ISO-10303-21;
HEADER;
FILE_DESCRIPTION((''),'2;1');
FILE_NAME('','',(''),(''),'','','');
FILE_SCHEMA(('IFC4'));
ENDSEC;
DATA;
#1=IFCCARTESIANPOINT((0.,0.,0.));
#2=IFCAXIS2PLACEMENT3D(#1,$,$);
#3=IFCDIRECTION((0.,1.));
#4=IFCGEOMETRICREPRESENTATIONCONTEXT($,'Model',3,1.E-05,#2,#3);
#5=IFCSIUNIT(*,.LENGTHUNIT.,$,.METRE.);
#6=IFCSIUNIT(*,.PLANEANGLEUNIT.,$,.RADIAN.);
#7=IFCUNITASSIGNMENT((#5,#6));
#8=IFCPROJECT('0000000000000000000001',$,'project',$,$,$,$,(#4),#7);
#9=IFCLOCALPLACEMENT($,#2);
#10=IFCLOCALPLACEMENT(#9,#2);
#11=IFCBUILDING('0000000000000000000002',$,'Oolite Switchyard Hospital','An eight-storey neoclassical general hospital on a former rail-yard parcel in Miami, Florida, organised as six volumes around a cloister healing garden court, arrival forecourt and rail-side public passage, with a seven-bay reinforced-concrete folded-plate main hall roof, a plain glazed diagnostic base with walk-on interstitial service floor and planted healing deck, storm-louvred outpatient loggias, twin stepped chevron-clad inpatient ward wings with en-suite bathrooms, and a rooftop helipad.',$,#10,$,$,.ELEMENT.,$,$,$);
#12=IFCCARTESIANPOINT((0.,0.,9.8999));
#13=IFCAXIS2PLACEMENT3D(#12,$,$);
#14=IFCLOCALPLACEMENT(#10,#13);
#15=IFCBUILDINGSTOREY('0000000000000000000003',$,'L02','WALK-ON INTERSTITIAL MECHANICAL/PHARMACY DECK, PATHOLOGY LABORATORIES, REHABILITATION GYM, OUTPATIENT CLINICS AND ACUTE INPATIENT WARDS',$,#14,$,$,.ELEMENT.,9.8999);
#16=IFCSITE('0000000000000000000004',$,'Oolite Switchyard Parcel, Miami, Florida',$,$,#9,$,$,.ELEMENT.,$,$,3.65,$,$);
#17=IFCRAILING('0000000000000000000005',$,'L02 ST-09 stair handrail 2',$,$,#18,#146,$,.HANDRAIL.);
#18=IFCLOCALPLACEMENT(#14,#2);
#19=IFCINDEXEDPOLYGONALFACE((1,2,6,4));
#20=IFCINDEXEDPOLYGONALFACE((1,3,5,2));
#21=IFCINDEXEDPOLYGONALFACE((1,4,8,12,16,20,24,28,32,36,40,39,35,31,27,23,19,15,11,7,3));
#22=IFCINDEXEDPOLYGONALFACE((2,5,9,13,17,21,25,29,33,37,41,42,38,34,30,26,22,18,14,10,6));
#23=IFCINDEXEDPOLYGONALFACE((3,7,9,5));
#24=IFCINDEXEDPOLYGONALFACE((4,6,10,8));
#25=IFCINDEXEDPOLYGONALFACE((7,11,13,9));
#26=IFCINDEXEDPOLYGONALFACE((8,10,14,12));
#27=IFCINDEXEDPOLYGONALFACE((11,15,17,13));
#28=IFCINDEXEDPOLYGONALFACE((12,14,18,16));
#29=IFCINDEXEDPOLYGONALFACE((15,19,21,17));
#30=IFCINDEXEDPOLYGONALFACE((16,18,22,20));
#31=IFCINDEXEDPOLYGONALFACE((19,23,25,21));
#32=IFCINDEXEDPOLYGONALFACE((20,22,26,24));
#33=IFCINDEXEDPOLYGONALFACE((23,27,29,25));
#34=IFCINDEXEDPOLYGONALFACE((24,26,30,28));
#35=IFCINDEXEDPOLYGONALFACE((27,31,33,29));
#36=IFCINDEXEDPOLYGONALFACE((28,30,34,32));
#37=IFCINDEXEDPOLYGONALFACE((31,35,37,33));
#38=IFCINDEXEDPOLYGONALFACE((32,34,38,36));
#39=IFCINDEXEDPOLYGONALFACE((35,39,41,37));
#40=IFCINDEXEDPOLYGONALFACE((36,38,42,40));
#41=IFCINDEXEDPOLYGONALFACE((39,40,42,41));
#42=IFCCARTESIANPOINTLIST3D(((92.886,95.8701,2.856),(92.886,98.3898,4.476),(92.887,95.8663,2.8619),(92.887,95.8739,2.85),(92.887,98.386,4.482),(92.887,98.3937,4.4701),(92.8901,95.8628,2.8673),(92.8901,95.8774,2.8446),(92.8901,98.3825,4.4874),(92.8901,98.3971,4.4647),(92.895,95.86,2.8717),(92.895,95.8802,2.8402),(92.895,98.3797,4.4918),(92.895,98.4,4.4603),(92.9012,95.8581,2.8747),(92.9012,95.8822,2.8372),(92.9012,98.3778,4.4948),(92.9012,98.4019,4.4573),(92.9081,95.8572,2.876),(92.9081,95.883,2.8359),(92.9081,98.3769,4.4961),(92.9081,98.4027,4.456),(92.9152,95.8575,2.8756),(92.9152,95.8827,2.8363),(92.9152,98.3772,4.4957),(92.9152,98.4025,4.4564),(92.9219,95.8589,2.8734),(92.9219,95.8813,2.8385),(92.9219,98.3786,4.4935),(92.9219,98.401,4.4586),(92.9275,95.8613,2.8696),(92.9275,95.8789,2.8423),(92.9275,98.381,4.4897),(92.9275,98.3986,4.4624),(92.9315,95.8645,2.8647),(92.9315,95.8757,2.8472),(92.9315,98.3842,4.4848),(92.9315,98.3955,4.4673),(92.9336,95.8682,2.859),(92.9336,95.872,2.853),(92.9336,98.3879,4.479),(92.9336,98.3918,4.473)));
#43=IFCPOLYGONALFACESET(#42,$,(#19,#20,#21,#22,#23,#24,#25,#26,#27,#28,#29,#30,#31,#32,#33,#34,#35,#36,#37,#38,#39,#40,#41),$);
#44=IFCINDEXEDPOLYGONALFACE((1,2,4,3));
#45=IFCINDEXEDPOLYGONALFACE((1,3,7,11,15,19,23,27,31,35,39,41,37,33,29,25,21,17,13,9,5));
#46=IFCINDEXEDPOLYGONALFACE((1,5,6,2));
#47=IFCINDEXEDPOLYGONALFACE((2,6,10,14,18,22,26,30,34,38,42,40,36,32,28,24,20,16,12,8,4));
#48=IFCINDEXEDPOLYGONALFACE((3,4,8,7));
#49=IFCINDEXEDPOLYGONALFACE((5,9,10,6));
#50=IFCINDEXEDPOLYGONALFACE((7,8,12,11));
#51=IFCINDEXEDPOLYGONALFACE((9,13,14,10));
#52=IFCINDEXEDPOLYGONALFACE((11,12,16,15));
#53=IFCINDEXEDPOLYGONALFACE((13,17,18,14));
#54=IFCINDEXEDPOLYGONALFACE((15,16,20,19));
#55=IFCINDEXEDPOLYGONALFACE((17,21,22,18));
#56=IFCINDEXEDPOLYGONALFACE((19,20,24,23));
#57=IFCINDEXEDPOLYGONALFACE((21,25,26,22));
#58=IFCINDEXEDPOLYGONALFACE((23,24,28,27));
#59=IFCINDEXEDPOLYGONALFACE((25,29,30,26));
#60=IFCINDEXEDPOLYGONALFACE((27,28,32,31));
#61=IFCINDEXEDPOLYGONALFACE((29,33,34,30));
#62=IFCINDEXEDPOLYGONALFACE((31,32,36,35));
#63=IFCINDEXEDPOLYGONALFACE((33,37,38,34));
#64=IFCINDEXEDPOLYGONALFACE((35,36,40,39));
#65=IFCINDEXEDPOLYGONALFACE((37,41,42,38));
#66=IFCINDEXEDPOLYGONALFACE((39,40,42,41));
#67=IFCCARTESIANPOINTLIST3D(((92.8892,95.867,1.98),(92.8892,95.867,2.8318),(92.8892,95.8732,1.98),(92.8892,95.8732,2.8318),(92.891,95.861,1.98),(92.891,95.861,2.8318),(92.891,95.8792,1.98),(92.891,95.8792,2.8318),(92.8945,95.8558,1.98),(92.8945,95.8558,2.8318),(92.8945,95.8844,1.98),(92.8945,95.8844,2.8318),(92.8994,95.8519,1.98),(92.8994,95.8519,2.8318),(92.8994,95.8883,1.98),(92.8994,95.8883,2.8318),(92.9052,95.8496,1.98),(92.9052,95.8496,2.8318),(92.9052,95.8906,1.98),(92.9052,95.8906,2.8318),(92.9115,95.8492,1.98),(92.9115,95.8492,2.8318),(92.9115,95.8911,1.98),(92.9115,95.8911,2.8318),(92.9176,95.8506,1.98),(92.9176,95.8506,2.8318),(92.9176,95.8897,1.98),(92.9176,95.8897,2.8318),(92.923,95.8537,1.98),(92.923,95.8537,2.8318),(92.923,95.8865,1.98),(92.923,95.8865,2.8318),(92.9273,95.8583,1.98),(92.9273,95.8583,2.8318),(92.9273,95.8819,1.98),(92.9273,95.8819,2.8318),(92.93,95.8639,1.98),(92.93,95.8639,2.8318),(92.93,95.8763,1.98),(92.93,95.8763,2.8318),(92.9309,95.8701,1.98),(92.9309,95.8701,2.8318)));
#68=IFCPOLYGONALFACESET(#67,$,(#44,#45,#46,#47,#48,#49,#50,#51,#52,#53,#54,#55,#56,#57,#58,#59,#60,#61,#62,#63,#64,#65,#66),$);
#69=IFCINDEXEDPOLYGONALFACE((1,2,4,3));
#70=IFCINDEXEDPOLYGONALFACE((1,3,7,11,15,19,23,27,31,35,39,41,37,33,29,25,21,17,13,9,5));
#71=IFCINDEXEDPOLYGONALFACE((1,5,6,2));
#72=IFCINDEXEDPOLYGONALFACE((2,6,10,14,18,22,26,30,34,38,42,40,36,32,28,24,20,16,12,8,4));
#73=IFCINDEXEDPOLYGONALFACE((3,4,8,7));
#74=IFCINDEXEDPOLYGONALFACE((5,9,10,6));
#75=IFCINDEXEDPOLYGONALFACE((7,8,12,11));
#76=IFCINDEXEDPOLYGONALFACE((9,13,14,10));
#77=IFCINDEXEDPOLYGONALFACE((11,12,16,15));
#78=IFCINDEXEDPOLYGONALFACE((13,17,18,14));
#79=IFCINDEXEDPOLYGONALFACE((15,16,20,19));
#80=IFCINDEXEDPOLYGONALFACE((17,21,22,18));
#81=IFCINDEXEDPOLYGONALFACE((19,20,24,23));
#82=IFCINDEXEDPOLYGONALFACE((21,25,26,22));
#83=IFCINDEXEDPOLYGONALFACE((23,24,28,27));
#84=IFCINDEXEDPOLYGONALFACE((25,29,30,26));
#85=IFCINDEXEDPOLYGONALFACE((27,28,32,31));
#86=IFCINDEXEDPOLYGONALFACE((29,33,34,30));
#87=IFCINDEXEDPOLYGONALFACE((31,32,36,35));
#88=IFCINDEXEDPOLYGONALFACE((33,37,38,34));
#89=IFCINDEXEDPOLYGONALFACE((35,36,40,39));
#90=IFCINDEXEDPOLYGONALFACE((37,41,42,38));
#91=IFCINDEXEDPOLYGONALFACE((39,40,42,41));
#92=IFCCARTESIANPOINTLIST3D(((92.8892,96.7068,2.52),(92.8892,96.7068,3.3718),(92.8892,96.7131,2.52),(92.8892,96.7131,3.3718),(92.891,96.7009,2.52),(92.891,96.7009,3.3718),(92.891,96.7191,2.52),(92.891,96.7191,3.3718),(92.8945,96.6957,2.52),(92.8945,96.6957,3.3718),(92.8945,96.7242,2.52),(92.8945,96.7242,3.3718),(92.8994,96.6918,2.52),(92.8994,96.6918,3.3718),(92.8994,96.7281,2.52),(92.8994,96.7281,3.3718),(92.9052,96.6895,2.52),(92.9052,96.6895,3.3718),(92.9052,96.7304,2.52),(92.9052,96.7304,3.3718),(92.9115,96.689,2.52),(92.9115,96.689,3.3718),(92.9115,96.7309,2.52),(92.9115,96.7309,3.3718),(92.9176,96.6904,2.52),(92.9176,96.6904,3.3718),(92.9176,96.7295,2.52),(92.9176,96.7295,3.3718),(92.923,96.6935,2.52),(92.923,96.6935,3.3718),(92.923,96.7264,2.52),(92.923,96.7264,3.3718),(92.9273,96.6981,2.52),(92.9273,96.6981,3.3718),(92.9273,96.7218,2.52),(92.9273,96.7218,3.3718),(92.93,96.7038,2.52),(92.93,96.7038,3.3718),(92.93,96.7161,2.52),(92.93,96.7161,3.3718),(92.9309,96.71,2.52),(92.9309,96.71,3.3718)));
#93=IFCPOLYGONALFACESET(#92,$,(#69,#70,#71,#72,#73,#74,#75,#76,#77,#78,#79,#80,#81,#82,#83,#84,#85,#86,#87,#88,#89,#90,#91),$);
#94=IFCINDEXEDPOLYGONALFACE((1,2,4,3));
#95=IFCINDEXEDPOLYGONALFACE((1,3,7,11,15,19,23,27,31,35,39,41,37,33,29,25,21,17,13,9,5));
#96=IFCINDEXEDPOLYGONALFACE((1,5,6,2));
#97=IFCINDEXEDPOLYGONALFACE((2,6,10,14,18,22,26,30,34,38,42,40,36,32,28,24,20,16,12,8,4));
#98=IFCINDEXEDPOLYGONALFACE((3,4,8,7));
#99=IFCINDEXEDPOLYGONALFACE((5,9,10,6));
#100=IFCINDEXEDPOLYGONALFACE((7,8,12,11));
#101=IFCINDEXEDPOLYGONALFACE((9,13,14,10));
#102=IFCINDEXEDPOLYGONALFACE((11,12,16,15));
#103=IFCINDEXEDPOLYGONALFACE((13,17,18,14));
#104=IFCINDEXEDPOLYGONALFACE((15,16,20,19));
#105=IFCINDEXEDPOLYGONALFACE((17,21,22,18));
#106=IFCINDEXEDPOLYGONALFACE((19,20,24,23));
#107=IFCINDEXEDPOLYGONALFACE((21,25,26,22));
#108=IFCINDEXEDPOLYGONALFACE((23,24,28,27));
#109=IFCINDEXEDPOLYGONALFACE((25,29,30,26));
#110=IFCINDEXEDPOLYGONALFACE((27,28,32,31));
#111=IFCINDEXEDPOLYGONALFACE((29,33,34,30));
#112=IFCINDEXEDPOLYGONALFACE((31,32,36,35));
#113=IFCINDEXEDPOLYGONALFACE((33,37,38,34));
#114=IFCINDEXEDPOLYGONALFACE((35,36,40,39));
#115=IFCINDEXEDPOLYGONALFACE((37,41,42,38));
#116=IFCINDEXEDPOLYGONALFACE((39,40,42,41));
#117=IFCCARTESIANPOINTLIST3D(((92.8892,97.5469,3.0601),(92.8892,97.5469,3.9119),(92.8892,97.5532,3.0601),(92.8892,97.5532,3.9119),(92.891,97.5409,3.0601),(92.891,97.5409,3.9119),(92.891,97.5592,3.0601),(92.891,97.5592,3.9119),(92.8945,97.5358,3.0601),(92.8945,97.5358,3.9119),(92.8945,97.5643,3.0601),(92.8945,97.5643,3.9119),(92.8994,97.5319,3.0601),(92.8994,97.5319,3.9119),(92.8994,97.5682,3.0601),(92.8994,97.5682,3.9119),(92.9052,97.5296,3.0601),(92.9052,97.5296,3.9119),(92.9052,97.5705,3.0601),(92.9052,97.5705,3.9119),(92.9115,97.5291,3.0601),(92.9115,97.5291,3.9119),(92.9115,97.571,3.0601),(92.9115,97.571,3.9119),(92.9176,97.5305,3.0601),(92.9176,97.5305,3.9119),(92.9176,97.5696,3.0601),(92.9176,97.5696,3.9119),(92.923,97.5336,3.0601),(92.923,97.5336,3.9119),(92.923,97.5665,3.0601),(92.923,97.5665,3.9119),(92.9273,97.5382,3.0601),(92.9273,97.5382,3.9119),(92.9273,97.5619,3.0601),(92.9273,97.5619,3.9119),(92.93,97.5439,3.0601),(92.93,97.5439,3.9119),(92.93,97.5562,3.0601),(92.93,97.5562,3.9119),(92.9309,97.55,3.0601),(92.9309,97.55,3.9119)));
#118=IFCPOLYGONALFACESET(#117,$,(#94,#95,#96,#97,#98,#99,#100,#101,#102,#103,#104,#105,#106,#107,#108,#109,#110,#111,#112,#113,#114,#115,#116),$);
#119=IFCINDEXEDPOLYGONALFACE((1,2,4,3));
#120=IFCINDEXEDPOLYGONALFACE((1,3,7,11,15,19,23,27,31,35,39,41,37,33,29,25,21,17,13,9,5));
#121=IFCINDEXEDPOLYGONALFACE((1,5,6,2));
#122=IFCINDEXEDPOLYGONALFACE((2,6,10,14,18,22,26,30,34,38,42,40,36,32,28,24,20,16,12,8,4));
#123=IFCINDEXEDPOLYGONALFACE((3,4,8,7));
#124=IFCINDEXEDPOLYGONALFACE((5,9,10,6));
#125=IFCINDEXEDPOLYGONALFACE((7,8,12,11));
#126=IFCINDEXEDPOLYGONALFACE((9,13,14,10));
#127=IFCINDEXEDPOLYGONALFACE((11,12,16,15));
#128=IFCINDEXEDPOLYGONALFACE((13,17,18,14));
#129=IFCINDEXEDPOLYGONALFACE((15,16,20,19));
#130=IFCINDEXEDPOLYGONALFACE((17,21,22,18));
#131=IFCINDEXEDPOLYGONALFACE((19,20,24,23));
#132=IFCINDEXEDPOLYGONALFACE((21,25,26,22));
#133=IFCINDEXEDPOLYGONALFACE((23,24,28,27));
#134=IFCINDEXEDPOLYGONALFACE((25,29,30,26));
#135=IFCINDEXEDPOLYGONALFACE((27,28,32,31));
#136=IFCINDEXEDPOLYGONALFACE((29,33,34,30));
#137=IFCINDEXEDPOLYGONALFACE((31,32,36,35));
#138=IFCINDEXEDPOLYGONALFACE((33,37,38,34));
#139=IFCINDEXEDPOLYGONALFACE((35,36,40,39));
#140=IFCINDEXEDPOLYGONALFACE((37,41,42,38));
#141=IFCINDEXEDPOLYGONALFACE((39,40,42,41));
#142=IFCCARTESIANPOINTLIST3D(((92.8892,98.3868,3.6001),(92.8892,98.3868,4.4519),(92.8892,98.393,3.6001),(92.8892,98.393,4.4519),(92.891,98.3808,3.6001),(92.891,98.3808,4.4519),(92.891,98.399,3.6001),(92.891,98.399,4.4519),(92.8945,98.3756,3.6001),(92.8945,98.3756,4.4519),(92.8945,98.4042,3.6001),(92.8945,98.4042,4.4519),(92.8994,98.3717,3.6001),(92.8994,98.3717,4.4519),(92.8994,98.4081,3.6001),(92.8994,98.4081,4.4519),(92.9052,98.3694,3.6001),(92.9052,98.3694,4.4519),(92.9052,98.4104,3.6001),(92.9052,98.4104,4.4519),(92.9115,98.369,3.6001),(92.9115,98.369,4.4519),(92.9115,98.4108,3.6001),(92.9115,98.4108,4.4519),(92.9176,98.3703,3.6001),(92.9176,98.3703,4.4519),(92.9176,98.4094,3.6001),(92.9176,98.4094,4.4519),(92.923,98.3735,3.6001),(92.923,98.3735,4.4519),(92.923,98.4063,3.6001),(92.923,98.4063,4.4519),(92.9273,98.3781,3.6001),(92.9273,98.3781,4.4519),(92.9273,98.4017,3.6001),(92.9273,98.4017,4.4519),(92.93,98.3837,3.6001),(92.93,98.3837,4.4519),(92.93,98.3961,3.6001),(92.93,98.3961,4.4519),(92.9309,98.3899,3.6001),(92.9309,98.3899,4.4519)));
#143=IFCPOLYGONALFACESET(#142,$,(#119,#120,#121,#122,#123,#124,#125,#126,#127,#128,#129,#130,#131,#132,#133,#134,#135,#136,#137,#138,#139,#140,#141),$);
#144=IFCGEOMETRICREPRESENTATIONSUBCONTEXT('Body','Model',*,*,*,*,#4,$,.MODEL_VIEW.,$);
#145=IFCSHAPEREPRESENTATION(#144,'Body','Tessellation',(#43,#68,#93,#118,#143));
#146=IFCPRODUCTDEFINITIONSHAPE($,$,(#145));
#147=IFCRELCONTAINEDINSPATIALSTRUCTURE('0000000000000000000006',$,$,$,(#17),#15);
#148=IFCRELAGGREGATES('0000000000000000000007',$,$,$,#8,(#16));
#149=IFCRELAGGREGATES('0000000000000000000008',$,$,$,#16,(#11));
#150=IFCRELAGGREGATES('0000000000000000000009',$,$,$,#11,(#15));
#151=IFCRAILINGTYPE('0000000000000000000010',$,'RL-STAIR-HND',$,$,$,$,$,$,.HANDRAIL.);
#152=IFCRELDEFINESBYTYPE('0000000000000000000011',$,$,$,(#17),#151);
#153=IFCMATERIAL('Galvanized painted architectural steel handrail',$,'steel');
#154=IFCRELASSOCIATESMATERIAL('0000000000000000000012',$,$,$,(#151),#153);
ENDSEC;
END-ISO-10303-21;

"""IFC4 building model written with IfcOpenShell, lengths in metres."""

from ifc_helpers import new_model, si_unit, direction, frame, origin, origin_2d, place, context, subcontext, project, spatial, circle, extrude, material, type_object, element, save


model = new_model("IFC4")

# Units and contexts
model_context = context("Model", 3, precision=1e-05, world=origin(), true_north=direction((0.0, 1.0)))
body_context = subcontext(model_context, "Body", "Model", "MODEL_VIEW")
ifc_project = project(units=[si_unit("LENGTHUNIT", "METRE"), si_unit("PLANEANGLEUNIT", "RADIAN")], contexts=[model_context])

# Site, building, storey
site_placement = place(None, origin())
site = spatial("IfcSite", under=ifc_project, at=site_placement, Name="Oolite Switchyard Parcel, Miami, Florida", CompositionType="ELEMENT", RefElevation=3.65)
building_placement = place(site_placement, origin())
building = spatial("IfcBuilding", under=site, at=building_placement, Name="Oolite Switchyard Hospital", Description="An eight-storey neoclassical general hospital on a former rail-yard parcel in Miami, Florida, organised as six volumes around a cloister healing garden court, arrival forecourt and rail-side public passage, with a seven-bay reinforced-concrete folded-plate main hall roof, a plain glazed diagnostic base with walk-on interstitial service floor and planted healing deck, storm-louvred outpatient loggias, twin stepped chevron-clad inpatient ward wings with en-suite bathrooms, and a rooftop helipad.", CompositionType="ELEMENT")
storey_placement = place(building_placement, frame((0.0, 0.0, 9.8999)))
storey = spatial("IfcBuildingStorey", under=building, at=storey_placement, Name="L02", Description="WALK-ON INTERSTITIAL MECHANICAL/PHARMACY DECK, PATHOLOGY LABORATORIES, REHABILITATION GYM, OUTPATIENT CLINICS AND ACUTE INPATIENT WARDS", CompositionType="ELEMENT", Elevation=9.8999)

# Railing
ifc_material_1 = material(Name="Galvanized painted architectural steel handrail", Category="steel")
railing_type_1 = type_object("IfcRailingType", Name="RL-STAIR-HND", PredefinedType="HANDRAIL", material=ifc_material_1)
railing_1_placement = place(storey_placement, frame((92.9099, 95.8701, 1.98)))
element("IfcRailing", 1, at=railing_1_placement, inside=storey, type_object=railing_type_1, Name="L02 ST-09 stair handrail 2", PredefinedType="HANDRAIL", context=body_context, shape_type="SweptSolid", body=[
    extrude(circle(Radius=0.0239, at=origin_2d()), frame((0.0, 0.0, 0.876), z_axis=(0.0, 0.841139, 0.540819), x_axis=(-1.0, 0.0, 0.0)), (0.0, 0.0, 1.0), 2.9956),
    extrude(circle(Radius=0.021, at=origin_2d()), origin(), (0.0, 0.0, 1.0), 0.8518),
    extrude(circle(Radius=0.021, at=origin_2d()), frame((0.0, 0.8398, 0.54)), (0.0, 0.0, 1.0), 0.8518),
    extrude(circle(Radius=0.021, at=origin_2d()), frame((0.0, 1.6799, 1.0801)), (0.0, 0.0, 1.0), 0.8518),
    extrude(circle(Radius=0.021, at=origin_2d()), frame((0.0, 2.5198, 1.6201)), (0.0, 0.0, 1.0), 0.8518),
])

save(model, "model.ifc")
